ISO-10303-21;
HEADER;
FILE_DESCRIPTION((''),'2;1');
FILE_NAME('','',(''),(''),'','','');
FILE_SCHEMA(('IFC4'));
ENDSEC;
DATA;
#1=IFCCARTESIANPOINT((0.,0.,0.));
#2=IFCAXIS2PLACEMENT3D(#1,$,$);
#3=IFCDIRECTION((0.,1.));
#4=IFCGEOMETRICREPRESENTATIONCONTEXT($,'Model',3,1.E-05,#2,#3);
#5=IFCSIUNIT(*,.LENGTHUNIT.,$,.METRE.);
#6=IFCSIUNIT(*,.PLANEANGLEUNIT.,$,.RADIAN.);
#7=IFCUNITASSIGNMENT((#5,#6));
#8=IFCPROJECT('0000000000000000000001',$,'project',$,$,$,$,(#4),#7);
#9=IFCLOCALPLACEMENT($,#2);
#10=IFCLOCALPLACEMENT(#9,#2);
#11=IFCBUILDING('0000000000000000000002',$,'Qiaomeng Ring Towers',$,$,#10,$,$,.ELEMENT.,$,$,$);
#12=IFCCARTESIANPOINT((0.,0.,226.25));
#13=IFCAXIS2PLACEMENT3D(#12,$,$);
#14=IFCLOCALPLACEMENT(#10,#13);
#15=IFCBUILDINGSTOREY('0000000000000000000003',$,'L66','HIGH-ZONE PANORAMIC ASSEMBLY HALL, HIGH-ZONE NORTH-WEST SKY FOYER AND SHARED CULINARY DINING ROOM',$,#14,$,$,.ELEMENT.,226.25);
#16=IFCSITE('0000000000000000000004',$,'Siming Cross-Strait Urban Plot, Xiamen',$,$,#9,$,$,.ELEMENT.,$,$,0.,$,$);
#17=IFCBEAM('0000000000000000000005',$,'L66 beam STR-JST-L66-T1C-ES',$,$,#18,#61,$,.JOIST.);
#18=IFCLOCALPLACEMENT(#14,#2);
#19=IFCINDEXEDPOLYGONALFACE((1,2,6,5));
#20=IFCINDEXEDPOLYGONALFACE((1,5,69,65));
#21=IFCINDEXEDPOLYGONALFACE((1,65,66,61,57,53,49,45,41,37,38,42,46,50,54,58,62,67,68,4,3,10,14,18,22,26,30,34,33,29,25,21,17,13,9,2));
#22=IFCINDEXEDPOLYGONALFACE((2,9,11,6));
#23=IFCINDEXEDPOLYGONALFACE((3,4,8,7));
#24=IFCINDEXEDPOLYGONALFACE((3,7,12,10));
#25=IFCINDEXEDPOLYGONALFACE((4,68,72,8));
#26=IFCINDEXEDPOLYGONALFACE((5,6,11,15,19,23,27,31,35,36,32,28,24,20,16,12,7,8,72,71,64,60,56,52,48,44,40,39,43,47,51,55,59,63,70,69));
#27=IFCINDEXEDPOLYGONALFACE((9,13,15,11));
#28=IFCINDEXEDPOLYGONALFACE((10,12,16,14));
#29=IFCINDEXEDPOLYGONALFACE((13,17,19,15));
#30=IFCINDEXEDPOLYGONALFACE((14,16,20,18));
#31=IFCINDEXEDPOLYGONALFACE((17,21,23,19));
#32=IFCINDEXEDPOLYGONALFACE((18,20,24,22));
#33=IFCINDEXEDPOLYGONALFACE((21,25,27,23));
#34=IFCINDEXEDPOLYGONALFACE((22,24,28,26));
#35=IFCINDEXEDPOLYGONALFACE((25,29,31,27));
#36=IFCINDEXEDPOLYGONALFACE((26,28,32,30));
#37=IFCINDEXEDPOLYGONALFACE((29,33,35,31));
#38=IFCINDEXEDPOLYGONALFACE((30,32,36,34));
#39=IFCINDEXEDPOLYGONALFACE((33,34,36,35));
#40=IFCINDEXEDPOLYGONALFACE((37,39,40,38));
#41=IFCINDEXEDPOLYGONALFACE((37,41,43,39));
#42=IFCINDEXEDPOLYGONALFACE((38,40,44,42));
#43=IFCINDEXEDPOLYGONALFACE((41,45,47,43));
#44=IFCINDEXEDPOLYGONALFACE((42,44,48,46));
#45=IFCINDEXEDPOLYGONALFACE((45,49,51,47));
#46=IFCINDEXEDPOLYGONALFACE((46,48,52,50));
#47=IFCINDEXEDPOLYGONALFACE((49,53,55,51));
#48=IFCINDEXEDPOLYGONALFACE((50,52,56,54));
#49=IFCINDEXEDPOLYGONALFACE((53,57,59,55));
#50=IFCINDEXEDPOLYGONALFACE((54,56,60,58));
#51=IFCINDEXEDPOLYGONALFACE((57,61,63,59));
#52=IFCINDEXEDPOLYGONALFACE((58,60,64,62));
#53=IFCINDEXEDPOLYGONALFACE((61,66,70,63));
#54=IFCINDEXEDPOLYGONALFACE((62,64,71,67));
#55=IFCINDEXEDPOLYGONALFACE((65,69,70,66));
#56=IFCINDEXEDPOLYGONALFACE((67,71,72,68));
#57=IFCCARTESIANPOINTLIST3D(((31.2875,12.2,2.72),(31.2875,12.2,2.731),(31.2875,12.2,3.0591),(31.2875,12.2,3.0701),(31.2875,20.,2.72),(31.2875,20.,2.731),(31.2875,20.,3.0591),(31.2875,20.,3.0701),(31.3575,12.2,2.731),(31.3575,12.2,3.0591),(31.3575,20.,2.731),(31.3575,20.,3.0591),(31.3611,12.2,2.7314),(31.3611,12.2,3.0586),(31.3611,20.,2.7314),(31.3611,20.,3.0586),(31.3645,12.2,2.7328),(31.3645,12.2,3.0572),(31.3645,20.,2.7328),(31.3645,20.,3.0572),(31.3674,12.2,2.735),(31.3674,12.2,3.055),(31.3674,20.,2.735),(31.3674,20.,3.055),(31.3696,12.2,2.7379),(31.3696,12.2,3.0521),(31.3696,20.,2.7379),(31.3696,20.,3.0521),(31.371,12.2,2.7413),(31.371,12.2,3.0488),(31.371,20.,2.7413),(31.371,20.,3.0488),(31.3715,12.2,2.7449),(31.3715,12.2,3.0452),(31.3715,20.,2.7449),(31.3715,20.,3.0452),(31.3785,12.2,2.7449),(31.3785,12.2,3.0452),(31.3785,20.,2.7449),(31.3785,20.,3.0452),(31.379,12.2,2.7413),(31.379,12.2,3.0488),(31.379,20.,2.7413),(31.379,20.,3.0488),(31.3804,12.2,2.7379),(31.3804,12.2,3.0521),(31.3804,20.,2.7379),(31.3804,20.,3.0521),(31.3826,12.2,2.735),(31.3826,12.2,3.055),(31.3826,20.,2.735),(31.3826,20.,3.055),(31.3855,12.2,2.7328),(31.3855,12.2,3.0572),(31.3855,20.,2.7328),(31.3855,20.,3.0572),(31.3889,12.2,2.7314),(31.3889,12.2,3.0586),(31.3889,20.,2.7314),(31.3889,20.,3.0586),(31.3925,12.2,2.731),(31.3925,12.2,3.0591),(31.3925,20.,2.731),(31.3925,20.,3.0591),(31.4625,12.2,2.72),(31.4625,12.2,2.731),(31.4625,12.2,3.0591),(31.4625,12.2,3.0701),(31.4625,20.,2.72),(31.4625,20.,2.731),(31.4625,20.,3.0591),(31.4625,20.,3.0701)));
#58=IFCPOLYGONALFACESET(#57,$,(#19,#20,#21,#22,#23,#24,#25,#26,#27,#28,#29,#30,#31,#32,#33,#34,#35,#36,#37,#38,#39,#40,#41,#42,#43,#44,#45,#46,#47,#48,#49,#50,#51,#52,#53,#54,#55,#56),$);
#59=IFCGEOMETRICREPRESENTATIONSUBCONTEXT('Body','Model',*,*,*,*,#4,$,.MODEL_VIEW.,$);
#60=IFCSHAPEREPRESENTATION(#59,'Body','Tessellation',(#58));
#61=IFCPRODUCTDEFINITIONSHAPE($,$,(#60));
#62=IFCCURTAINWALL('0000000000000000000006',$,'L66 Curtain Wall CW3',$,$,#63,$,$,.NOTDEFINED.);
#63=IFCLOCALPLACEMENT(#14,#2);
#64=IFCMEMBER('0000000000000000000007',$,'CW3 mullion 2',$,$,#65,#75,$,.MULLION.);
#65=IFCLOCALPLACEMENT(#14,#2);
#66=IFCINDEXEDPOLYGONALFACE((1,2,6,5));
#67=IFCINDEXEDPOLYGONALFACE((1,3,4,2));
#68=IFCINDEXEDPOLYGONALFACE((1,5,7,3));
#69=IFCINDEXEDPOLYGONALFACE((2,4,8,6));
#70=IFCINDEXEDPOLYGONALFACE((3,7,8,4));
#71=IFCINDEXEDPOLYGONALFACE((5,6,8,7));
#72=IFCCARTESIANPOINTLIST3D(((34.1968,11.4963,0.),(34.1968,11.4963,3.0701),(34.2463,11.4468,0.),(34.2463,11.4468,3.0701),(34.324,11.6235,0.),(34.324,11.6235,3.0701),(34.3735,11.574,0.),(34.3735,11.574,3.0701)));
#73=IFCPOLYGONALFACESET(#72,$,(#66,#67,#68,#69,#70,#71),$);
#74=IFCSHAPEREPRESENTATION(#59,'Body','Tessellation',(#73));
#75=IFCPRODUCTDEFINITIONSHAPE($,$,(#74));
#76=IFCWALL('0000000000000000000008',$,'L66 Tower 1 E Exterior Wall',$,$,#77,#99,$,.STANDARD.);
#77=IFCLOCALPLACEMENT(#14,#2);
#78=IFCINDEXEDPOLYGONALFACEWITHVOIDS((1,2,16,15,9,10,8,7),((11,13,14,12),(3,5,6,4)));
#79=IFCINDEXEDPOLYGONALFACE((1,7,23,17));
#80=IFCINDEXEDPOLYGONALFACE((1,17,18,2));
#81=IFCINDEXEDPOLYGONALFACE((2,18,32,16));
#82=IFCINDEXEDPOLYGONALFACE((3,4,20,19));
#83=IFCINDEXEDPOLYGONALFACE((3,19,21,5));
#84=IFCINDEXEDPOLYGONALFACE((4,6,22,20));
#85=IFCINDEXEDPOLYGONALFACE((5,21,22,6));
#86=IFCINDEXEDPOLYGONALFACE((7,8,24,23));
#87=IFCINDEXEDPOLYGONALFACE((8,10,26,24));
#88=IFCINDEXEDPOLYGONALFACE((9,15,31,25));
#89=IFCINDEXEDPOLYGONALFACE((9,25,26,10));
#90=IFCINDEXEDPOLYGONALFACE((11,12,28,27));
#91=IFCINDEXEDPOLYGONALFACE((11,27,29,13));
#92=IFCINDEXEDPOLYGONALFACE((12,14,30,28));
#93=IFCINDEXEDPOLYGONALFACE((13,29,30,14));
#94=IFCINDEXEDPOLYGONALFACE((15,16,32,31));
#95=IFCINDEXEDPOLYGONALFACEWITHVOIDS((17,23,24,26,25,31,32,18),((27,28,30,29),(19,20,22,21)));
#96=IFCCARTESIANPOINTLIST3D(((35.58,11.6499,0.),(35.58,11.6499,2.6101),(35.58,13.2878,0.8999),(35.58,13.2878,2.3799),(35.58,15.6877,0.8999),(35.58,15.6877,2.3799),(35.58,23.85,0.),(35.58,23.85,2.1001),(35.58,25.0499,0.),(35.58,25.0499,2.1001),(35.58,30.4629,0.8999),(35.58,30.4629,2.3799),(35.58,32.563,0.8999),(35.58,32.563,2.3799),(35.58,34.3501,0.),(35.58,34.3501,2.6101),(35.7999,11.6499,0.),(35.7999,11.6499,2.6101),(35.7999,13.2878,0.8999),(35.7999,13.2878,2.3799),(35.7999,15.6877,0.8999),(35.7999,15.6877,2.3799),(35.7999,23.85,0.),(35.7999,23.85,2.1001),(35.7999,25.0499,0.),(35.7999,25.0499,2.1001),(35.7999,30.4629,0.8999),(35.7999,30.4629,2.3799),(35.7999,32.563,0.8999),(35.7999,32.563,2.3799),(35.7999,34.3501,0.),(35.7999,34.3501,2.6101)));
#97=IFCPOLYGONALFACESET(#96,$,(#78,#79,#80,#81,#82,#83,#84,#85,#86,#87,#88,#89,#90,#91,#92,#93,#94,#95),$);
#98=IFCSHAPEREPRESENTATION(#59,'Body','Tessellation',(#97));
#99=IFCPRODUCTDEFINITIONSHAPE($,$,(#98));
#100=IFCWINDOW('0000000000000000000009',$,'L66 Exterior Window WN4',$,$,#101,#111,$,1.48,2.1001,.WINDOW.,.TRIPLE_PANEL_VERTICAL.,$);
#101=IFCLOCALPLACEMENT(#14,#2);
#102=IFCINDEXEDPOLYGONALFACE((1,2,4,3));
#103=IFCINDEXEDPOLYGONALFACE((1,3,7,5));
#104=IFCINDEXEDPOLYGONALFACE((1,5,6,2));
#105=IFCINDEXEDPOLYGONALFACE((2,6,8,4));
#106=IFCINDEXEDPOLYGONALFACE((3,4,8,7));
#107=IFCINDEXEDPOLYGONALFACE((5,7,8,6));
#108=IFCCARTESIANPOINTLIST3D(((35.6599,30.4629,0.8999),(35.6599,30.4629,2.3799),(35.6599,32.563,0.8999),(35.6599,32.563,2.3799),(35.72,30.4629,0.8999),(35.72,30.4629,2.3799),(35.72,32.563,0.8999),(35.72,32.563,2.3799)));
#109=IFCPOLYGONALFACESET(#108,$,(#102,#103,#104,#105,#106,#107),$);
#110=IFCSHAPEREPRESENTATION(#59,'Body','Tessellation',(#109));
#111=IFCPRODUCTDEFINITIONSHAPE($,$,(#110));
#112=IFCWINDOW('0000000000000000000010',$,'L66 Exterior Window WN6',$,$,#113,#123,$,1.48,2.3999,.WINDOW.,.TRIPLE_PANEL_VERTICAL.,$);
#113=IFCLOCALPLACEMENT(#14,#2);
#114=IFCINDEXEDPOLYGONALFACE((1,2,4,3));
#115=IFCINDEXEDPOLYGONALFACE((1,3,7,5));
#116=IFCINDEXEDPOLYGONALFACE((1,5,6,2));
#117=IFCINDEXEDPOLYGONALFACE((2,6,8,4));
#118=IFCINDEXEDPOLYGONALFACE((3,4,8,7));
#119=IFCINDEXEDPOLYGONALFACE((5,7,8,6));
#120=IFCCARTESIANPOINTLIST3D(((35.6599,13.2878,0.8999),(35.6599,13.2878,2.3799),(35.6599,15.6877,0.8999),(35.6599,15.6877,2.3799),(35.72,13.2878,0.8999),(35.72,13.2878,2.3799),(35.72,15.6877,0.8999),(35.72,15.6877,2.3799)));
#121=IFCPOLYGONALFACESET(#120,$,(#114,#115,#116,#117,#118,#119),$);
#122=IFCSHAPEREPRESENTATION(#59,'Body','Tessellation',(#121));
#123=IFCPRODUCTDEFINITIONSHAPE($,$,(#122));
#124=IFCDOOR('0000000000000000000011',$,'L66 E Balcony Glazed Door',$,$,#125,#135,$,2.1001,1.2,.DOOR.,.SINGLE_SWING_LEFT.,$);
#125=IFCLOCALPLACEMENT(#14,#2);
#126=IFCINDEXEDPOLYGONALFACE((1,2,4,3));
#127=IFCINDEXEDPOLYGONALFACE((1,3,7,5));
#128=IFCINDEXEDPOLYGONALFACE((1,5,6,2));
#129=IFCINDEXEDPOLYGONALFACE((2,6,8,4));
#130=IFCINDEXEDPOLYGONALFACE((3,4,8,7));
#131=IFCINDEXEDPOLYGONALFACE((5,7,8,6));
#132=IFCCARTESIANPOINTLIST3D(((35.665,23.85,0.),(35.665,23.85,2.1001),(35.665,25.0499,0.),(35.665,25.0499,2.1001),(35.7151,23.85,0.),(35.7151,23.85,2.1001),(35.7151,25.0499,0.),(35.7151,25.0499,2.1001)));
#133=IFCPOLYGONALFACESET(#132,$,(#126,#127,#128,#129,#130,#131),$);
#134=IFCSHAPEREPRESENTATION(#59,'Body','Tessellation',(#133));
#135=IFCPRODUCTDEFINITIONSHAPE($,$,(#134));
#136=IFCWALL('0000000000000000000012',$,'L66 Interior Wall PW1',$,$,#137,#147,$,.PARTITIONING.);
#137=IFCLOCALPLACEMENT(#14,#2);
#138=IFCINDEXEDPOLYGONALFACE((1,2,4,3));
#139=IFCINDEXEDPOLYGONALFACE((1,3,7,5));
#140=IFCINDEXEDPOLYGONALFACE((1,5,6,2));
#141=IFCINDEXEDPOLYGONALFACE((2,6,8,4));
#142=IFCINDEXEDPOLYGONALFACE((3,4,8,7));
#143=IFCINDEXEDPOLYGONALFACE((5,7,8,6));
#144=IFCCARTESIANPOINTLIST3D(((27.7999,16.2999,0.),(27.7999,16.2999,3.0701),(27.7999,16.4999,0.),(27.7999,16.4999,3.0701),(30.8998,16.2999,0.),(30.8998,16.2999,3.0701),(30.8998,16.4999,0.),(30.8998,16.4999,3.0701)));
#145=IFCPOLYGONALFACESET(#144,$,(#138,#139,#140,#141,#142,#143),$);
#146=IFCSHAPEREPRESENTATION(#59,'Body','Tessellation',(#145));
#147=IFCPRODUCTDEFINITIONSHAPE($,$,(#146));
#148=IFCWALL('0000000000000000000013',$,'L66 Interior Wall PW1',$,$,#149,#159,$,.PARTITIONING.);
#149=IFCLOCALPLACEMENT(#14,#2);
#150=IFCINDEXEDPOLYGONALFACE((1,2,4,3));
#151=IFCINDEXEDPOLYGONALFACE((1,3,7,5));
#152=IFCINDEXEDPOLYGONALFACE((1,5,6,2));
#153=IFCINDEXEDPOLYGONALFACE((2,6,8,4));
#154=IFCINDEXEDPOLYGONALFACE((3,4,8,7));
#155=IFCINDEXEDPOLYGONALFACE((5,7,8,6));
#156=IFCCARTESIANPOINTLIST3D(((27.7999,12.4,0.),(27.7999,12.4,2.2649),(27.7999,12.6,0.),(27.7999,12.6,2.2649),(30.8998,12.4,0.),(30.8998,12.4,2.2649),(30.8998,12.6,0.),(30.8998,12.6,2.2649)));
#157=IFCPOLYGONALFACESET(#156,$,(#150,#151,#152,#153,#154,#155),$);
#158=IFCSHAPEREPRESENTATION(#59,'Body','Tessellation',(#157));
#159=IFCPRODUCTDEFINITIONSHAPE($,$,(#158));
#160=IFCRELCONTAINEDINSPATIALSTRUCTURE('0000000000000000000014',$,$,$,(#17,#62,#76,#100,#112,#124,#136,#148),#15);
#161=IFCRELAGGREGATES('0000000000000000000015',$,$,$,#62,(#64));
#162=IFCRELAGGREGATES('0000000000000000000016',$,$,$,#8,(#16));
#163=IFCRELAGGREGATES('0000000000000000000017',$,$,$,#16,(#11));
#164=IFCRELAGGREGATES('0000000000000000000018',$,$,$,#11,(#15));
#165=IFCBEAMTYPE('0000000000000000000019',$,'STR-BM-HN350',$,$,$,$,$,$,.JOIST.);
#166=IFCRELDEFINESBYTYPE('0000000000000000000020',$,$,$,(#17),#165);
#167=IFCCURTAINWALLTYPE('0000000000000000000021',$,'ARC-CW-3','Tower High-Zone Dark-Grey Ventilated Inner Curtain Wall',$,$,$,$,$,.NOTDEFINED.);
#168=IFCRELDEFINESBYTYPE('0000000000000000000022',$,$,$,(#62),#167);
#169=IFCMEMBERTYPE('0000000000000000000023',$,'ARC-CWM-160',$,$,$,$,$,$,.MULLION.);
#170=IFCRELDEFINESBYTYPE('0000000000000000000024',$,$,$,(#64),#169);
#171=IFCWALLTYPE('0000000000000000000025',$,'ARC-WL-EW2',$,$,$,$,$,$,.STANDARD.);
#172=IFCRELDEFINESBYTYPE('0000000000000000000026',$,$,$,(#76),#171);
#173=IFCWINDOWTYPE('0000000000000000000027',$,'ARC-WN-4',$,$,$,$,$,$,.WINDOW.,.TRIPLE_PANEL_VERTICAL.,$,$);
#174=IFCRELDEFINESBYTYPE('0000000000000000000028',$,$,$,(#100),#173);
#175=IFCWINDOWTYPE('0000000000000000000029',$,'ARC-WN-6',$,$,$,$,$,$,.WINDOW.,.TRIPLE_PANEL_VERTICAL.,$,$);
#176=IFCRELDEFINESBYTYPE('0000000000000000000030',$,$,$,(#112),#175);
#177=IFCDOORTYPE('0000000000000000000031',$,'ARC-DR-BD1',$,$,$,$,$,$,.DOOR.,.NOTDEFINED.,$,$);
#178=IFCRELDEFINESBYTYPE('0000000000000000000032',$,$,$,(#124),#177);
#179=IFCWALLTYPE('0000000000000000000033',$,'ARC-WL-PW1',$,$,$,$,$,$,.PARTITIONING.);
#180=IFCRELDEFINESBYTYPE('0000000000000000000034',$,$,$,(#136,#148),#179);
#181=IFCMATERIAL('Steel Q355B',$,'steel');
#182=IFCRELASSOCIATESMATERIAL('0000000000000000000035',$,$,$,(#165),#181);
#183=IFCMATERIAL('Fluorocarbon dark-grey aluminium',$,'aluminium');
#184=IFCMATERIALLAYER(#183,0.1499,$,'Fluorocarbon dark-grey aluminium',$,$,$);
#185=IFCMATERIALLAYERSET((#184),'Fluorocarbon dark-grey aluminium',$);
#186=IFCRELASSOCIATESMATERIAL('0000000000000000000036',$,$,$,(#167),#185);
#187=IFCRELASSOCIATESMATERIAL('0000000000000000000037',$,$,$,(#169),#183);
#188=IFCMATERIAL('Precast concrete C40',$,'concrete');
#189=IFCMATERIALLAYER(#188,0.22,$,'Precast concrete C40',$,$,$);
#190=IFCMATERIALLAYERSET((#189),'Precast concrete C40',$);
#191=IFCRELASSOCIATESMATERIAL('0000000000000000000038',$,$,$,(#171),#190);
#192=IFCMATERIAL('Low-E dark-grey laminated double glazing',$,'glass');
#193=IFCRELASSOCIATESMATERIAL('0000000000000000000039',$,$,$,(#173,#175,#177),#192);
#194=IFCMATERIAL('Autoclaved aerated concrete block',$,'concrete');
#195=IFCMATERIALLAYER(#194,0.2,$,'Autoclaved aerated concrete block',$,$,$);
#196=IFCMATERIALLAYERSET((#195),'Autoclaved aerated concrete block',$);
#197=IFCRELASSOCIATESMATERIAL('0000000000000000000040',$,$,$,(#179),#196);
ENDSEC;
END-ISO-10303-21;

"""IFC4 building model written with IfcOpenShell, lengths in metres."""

from ifc_helpers import new_model, si_unit, direction, frame, frame_2d, origin, origin_2d, place, context, subcontext, project, spatial, rectangle, i_section, extrude, source, transform, mapped, material, layer, layer_set, material_profile, profile_set, type_object, element, fill, aggregate, save


model = new_model("IFC4")

# Units and contexts
model_context = context("Model", 3, precision=1e-05, world=origin(), true_north=direction((0.0, 1.0)))
body_context = subcontext(model_context, "Body", "Model", "MODEL_VIEW")
ifc_project = project(units=[si_unit("LENGTHUNIT", "METRE"), si_unit("PLANEANGLEUNIT", "RADIAN")], contexts=[model_context])

# Site, building, storey
site_placement = place(None, origin())
site = spatial("IfcSite", under=ifc_project, at=site_placement, Name="Siming Cross-Strait Urban Plot, Xiamen", CompositionType="ELEMENT", RefElevation=0.0)
building_placement = place(site_placement, origin())
building = spatial("IfcBuilding", under=site, at=building_placement, Name="Qiaomeng Ring Towers", CompositionType="ELEMENT")
storey_placement = place(building_placement, frame((0.0, 0.0, 226.25)))
storey = spatial("IfcBuildingStorey", under=building, at=storey_placement, Name="L66", Description="HIGH-ZONE PANORAMIC ASSEMBLY HALL, HIGH-ZONE NORTH-WEST SKY FOYER AND SHARED CULINARY DINING ROOM", CompositionType="ELEMENT", Elevation=226.25)

# Beam
ifc_material_1 = material(Name="Steel Q355B", Category="steel")
ifc_material_profile_1 = material_profile(ifc_material_1, i_section(OverallWidth=0.175, OverallDepth=0.3501, WebThickness=0.0071, FlangeThickness=0.011, FilletRadius=0.0139, at=origin_2d()), Name="HN 350x175x7x11")
ifc_profile_set_1 = profile_set([ifc_material_profile_1], Name="Steel Q355B")
beam_type_1 = type_object("IfcBeamType", Name="STR-BM-HN350", PredefinedType="JOIST", material=ifc_profile_set_1)
shared_shape_1 = source(origin(), body_context, "Body", "SweptSolid", [
    extrude(i_section(OverallWidth=0.175, OverallDepth=0.3501, WebThickness=0.0071, FlangeThickness=0.011, FilletRadius=0.0139, at=origin_2d()), origin(), (0.0, 0.0, 1.0), 7.8),
])
beam_1_placement = place(storey_placement, frame((31.375, 12.2, 2.895), z_axis=(0.0, 1.0, 0.0), x_axis=(-1.0, 0.0, 0.0)))
element("IfcBeam", 1, at=beam_1_placement, inside=storey, type_object=beam_type_1, Name="L66 beam STR-JST-L66-T1C-ES", PredefinedType="JOIST", context=body_context, shape_type="MappedRepresentation", body=[
    mapped(shared_shape_1, transform((0.0, 0.0, 0.0), x_axis=(1.0, 0.0, 0.0), y_axis=(0.0, 1.0, 0.0), z_axis=(0.0, 0.0, 1.0), scale=1.0)),
])

# Curtain wall, member
ifc_material_2 = material(Name="Fluorocarbon dark-grey aluminium", Category="aluminium")
ifc_layer_1 = layer(ifc_material_2, 0.1499, Name="Fluorocarbon dark-grey aluminium")
ifc_layer_set_1 = layer_set([ifc_layer_1], Name="Fluorocarbon dark-grey aluminium")
curtain_wall_type = type_object("IfcCurtainWallType", Name="ARC-CW-3", Description="Tower High-Zone Dark-Grey Ventilated Inner Curtain Wall", PredefinedType="NOTDEFINED", material=ifc_layer_set_1)
curtain_wall_placement = place(storey_placement, origin())
curtain_wall = element("IfcCurtainWall", 2, at=curtain_wall_placement, inside=storey, type_object=curtain_wall_type, Name="L66 Curtain Wall CW3", PredefinedType="NOTDEFINED")
ifc_material_profile_2 = material_profile(ifc_material_2, rectangle(XDim=0.0701, YDim=0.1799, at=origin_2d()), Name="ALU MULL 70x180")
ifc_profile_set_2 = profile_set([ifc_material_profile_2], Name="Fluorocarbon dark-grey aluminium")
member_type = type_object("IfcMemberType", Name="ARC-CWM-160", PredefinedType="MULLION", material=ifc_profile_set_2)
shared_shape_2 = source(origin(), body_context, "Body", "SweptSolid", [
    extrude(rectangle(XDim=0.0701, YDim=0.1799, at=origin_2d()), origin(), (0.0, 0.0, 1.0), 3.0701),
])
member_placement = place(storey_placement, frame((34.2852, 11.5352, 0.0), z_axis=(0.0, 0.0, 1.0), x_axis=(-0.707107, 0.707107, 0.0)))
member = element("IfcMember", 3, at=member_placement, type_object=member_type, Name="CW3 mullion 2", PredefinedType="MULLION", context=body_context, shape_type="MappedRepresentation", body=[
    mapped(shared_shape_2, transform((0.0, 0.0, 0.0), x_axis=(1.0, 0.0, 0.0), y_axis=(0.0, 1.0, 0.0), z_axis=(0.0, 0.0, 1.0), scale=1.0)),
])
aggregate(curtain_wall, [member])

# Wall, openings, windows, door
ifc_material_3 = material(Name="Precast concrete C40", Category="concrete")
ifc_layer_2 = layer(ifc_material_3, 0.22, Name="Precast concrete C40")
ifc_layer_set_2 = layer_set([ifc_layer_2], Name="Precast concrete C40")
wall_type_1 = type_object("IfcWallType", Name="ARC-WL-EW2", PredefinedType="STANDARD", material=ifc_layer_set_2)
wall_1_placement = place(storey_placement, frame((35.6899, 11.6499, 0.0), z_axis=(0.0, 0.0, 1.0), x_axis=(0.0, 1.0, 0.0)))
wall_1 = element("IfcWall", 4, at=wall_1_placement, inside=storey, type_object=wall_type_1, Name="L66 Tower 1 E Exterior Wall", PredefinedType="STANDARD", context=body_context, shape_type="SweptSolid", body=[
    extrude(rectangle(XDim=22.7002, YDim=0.22, at=frame_2d((11.3501, 0.0))), origin(), (0.0, 0.0, 1.0), 2.6101),
])
opening_1_placement = place(wall_1_placement, frame((12.2, 0.0, 0.0)))
opening_1 = element("IfcOpeningElement", 5, at=opening_1_placement, cuts=wall_1, PredefinedType="OPENING", context=body_context, shape_type="SweptSolid", body=[
    extrude(rectangle(XDim=1.2, YDim=2.1001, at=frame_2d((0.6001, 1.05))), frame((0.0, 0.1199, 0.0), z_axis=(0.0, -1.0, 0.0), x_axis=(1.0, 0.0, 0.0)), (0.0, 0.0, 1.0), 0.24),
])
opening_2_placement = place(wall_1_placement, frame((1.6379, 0.0, 0.8999)))
opening_2 = element("IfcOpeningElement", 6, at=opening_2_placement, cuts=wall_1, PredefinedType="OPENING", context=body_context, shape_type="SweptSolid", body=[
    extrude(rectangle(XDim=2.3999, YDim=1.48, at=frame_2d((1.2, 0.74))), frame((0.0, 0.1199, 0.0), z_axis=(0.0, -1.0, 0.0), x_axis=(1.0, 0.0, 0.0)), (0.0, 0.0, 1.0), 0.24),
])
opening_3_placement = place(wall_1_placement, frame((18.813, 0.0, 0.8999)))
opening_3 = element("IfcOpeningElement", 7, at=opening_3_placement, cuts=wall_1, PredefinedType="OPENING", context=body_context, shape_type="SweptSolid", body=[
    extrude(rectangle(XDim=2.1001, YDim=1.48, at=frame_2d((1.05, 0.74))), frame((0.0, 0.1199, 0.0), z_axis=(0.0, -1.0, 0.0), x_axis=(1.0, 0.0, 0.0)), (0.0, 0.0, 1.0), 0.24),
])
ifc_material_4 = material(Name="Low-E dark-grey laminated double glazing", Category="glass")
window_type_1 = type_object("IfcWindowType", Name="ARC-WN-4", PartitioningType="TRIPLE_PANEL_VERTICAL", PredefinedType="WINDOW", material=ifc_material_4)
shared_shape_3 = source(origin(), body_context, "Body", "SweptSolid", [
    extrude(rectangle(XDim=2.1001, YDim=1.48, at=frame_2d((1.05, 0.74))), frame((0.0, 0.03, 0.0), z_axis=(0.0, -1.0, 0.0), x_axis=(1.0, 0.0, 0.0)), (0.0, 0.0, 1.0), 0.0601),
])
window_1_placement = place(opening_3_placement, origin())
window_1 = element("IfcWindow", 8, at=window_1_placement, inside=storey, type_object=window_type_1, Name="L66 Exterior Window WN4", OverallHeight=1.48, OverallWidth=2.1001, PartitioningType="TRIPLE_PANEL_VERTICAL", PredefinedType="WINDOW", context=body_context, shape_type="MappedRepresentation", body=[
    mapped(shared_shape_3, transform((0.0, 0.0, 0.0), x_axis=(1.0, 0.0, 0.0), y_axis=(0.0, 1.0, 0.0), z_axis=(0.0, 0.0, 1.0), scale=1.0)),
])
fill(opening_3, window_1)
window_type_2 = type_object("IfcWindowType", Name="ARC-WN-6", PartitioningType="TRIPLE_PANEL_VERTICAL", PredefinedType="WINDOW", material=ifc_material_4)
shared_shape_4 = source(origin(), body_context, "Body", "SweptSolid", [
    extrude(rectangle(XDim=2.3999, YDim=1.48, at=frame_2d((1.2, 0.74))), frame((0.0, 0.03, 0.0), z_axis=(0.0, -1.0, 0.0), x_axis=(1.0, 0.0, 0.0)), (0.0, 0.0, 1.0), 0.0601),
])
window_2_placement = place(opening_2_placement, origin())
window_2 = element("IfcWindow", 9, at=window_2_placement, inside=storey, type_object=window_type_2, Name="L66 Exterior Window WN6", OverallHeight=1.48, OverallWidth=2.3999, PartitioningType="TRIPLE_PANEL_VERTICAL", PredefinedType="WINDOW", context=body_context, shape_type="MappedRepresentation", body=[
    mapped(shared_shape_4, transform((0.0, 0.0, 0.0), x_axis=(1.0, 0.0, 0.0), y_axis=(0.0, 1.0, 0.0), z_axis=(0.0, 0.0, 1.0), scale=1.0)),
])
fill(opening_2, window_2)
door_type_1 = type_object("IfcDoorType", Name="ARC-DR-BD1", OperationType="NOTDEFINED", PredefinedType="DOOR", material=ifc_material_4)
shared_shape_5 = source(origin(), body_context, "Body", "SweptSolid", [
    extrude(rectangle(XDim=1.2, YDim=2.1001, at=frame_2d((0.6001, 1.05))), frame((0.0, 0.0249, 0.0), z_axis=(0.0, -1.0, 0.0), x_axis=(1.0, 0.0, 0.0)), (0.0, 0.0, 1.0), 0.05),
])
door_1_placement = place(opening_1_placement, origin())
door_1 = element("IfcDoor", 10, at=door_1_placement, inside=storey, type_object=door_type_1, Name="L66 E Balcony Glazed Door", OperationType="SINGLE_SWING_LEFT", OverallHeight=2.1001, OverallWidth=1.2, PredefinedType="DOOR", context=body_context, shape_type="MappedRepresentation", body=[
    mapped(shared_shape_5, transform((0.0, 0.0, 0.0), x_axis=(1.0, 0.0, 0.0), y_axis=(0.0, 1.0, 0.0), z_axis=(0.0, 0.0, 1.0), scale=1.0)),
])
fill(opening_1, door_1)

# Walls
ifc_material_5 = material(Name="Autoclaved aerated concrete block", Category="concrete")
ifc_layer_3 = layer(ifc_material_5, 0.2, Name="Autoclaved aerated concrete block")
ifc_layer_set_3 = layer_set([ifc_layer_3], Name="Autoclaved aerated concrete block")
wall_type_2 = type_object("IfcWallType", Name="ARC-WL-PW1", PredefinedType="PARTITIONING", material=ifc_layer_set_3)
wall_2_placement = place(storey_placement, frame((27.8, 16.3999, 0.0), z_axis=(0.0, 0.0, 1.0), x_axis=(1.0, 0.0, 0.0)))
element("IfcWall", 11, at=wall_2_placement, inside=storey, type_object=wall_type_2, Name="L66 Interior Wall PW1", PredefinedType="PARTITIONING", context=body_context, shape_type="SweptSolid", body=[
    extrude(rectangle(XDim=3.0999, YDim=0.2, at=frame_2d((1.5498, 0.0))), origin(), (0.0, 0.0, 1.0), 3.0701),
])
wall_3_placement = place(storey_placement, frame((27.8, 12.5, 0.0), z_axis=(0.0, 0.0, 1.0), x_axis=(1.0, 0.0, 0.0)))
element("IfcWall", 12, at=wall_3_placement, inside=storey, type_object=wall_type_2, Name="L66 Interior Wall PW1", PredefinedType="PARTITIONING", context=body_context, shape_type="SweptSolid", body=[
    extrude(rectangle(XDim=3.0999, YDim=0.2, at=frame_2d((1.5498, 0.0))), origin(), (0.0, 0.0, 1.0), 2.2649),
])

save(model, "model.ifc")
